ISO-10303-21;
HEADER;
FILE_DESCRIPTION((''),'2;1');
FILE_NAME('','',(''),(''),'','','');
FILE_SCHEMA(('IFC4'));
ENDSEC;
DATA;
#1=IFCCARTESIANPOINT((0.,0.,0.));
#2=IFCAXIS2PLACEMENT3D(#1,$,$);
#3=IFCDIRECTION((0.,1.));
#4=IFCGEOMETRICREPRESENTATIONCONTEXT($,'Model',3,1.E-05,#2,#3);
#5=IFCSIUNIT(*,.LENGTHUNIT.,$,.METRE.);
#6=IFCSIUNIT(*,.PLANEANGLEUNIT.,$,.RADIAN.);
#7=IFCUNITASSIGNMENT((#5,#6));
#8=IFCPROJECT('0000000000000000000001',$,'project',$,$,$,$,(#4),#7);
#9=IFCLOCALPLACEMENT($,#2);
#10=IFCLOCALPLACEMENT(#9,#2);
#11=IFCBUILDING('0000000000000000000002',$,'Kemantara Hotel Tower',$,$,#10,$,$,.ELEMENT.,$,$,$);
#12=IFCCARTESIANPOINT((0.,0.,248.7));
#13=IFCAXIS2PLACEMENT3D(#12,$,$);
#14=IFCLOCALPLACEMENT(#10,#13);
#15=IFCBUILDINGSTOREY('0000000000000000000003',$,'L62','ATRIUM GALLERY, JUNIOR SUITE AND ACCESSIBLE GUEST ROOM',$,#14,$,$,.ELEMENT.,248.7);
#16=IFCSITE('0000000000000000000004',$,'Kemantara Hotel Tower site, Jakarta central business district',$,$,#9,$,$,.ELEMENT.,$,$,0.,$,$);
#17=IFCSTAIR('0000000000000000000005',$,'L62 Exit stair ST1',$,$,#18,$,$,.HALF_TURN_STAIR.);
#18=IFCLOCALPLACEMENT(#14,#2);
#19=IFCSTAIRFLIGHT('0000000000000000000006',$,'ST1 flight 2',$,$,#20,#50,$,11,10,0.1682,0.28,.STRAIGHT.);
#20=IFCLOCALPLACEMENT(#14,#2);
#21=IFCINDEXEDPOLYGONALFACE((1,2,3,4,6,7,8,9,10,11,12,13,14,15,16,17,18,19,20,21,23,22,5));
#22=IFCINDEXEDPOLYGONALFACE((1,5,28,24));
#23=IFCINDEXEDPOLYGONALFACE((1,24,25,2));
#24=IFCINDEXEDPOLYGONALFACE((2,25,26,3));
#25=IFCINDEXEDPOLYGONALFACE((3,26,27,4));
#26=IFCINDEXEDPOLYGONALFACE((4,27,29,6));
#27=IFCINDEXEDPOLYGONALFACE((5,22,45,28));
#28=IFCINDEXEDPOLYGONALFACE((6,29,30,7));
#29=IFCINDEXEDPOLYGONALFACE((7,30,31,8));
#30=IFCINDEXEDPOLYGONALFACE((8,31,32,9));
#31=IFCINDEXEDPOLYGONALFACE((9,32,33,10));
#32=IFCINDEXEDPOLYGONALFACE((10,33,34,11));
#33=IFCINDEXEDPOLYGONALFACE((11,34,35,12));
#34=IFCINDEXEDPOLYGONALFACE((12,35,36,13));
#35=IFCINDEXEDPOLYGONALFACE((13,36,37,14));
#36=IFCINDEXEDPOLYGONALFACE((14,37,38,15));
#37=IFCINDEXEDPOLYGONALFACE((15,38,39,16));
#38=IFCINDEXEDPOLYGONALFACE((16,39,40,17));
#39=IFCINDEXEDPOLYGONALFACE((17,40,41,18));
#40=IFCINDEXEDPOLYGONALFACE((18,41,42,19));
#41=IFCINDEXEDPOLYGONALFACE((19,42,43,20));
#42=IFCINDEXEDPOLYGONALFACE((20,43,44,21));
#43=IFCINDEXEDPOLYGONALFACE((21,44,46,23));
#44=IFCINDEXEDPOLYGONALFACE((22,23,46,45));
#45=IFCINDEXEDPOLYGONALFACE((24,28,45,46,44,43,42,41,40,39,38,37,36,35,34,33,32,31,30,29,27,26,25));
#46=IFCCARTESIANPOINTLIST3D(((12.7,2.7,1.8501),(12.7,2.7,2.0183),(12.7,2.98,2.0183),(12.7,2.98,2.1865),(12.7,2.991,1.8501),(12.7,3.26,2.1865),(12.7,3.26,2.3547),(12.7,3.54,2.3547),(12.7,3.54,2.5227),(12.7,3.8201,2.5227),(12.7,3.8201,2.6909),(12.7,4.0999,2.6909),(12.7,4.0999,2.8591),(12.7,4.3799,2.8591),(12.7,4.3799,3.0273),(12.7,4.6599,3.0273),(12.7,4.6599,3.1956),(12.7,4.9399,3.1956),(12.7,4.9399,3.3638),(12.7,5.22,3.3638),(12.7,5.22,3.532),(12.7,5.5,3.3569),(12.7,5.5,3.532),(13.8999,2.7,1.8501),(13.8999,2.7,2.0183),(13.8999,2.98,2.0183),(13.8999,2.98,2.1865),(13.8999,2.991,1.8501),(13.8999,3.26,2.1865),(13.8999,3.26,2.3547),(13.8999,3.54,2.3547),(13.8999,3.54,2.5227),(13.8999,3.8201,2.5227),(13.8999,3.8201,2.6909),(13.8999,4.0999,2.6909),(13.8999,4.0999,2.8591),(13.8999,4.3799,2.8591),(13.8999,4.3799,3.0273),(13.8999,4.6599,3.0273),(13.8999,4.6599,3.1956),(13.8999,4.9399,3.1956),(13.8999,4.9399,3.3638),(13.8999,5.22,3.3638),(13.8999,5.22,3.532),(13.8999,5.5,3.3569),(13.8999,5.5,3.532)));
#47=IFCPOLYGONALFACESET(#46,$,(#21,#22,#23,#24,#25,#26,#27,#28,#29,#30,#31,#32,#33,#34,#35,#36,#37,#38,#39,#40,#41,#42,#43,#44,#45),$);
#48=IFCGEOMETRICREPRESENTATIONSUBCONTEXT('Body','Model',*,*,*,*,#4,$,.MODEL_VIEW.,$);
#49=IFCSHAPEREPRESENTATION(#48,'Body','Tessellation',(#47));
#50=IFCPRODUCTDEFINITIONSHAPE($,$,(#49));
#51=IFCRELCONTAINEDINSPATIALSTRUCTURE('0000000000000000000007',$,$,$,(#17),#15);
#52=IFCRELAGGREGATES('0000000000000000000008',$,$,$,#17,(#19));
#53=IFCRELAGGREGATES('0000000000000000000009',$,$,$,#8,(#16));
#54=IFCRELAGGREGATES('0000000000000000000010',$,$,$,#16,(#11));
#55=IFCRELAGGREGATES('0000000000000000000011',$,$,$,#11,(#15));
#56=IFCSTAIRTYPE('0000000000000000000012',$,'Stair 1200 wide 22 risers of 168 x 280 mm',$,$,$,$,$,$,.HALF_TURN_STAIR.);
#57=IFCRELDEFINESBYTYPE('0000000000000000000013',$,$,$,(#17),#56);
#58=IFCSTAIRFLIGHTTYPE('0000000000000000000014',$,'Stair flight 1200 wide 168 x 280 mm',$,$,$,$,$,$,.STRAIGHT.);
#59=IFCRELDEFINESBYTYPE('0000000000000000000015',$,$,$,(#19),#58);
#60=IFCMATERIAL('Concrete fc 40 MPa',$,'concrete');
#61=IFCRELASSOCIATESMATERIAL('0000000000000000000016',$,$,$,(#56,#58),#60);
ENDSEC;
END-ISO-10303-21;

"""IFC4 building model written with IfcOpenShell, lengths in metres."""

from ifc_helpers import new_model, si_unit, direction, frame, origin, place, context, subcontext, project, spatial, polyline, outline, extrude, material, type_object, element, aggregate, save


model = new_model("IFC4")

# Units and contexts
model_context = context("Model", 3, precision=1e-05, world=origin(), true_north=direction((0.0, 1.0)))
body_context = subcontext(model_context, "Body", "Model", "MODEL_VIEW")
ifc_project = project(units=[si_unit("LENGTHUNIT", "METRE"), si_unit("PLANEANGLEUNIT", "RADIAN")], contexts=[model_context])

# Site, building, storey
site_placement = place(None, origin())
site = spatial("IfcSite", under=ifc_project, at=site_placement, Name="Kemantara Hotel Tower site, Jakarta central business district", CompositionType="ELEMENT", RefElevation=0.0)
building_placement = place(site_placement, origin())
building = spatial("IfcBuilding", under=site, at=building_placement, Name="Kemantara Hotel Tower", CompositionType="ELEMENT")
storey_placement = place(building_placement, frame((0.0, 0.0, 248.7)))
storey = spatial("IfcBuildingStorey", under=building, at=storey_placement, Name="L62", Description="ATRIUM GALLERY, JUNIOR SUITE AND ACCESSIBLE GUEST ROOM", CompositionType="ELEMENT", Elevation=248.7)

# Stair, stair flight
ifc_material_1 = material(Name="Concrete fc 40 MPa", Category="concrete")
stair_type = type_object("IfcStairType", Name="Stair 1200 wide 22 risers of 168 x 280 mm", PredefinedType="HALF_TURN_STAIR", material=ifc_material_1)
stair_placement = place(storey_placement, origin())
stair = element("IfcStair", 1, at=stair_placement, inside=storey, type_object=stair_type, Name="L62 Exit stair ST1", PredefinedType="HALF_TURN_STAIR")
stair_flight_type = type_object("IfcStairFlightType", Name="Stair flight 1200 wide 168 x 280 mm", PredefinedType="STRAIGHT", material=ifc_material_1)
stair_flight_placement = place(storey_placement, frame((13.3, 2.7, 1.8501), z_axis=(0.0, 0.0, 1.0), x_axis=(0.0, 1.0, 0.0)))
stair_flight = element("IfcStairFlight", 2, at=stair_flight_placement, type_object=stair_flight_type, Name="ST1 flight 2", NumberOfRisers=11, NumberOfTreads=10, PredefinedType="STRAIGHT", RiserHeight=0.1682, TreadLength=0.28, context=body_context, shape_type="SweptSolid", body=[
    extrude(outline(polyline([(0.0, 0.0), (0.0, 0.1682), (0.28, 0.1682), (0.28, 0.3364), (0.5601, 0.3364), (0.5601, 0.5046), (0.8401, 0.5046), (0.8401, 0.6726), (1.1201, 0.6726), (1.1201, 0.8408), (1.3999, 0.8408), (1.3999, 1.009), (1.6799, 1.009), (1.6799, 1.1772), (1.96, 1.1772), (1.96, 1.3455), (2.24, 1.3455), (2.24, 1.5137), (2.52, 1.5137), (2.52, 1.6819), (2.8, 1.6819), (2.8, 1.8501), (2.8, 1.5068), (0.291, 0.0), (0.0, 0.0)])), frame((0.0, 0.6001, 0.0), z_axis=(0.0, -1.0, 0.0), x_axis=(1.0, 0.0, 0.0)), (0.0, 0.0, 1.0), 1.2),
])
aggregate(stair, [stair_flight])

save(model, "model.ifc")
